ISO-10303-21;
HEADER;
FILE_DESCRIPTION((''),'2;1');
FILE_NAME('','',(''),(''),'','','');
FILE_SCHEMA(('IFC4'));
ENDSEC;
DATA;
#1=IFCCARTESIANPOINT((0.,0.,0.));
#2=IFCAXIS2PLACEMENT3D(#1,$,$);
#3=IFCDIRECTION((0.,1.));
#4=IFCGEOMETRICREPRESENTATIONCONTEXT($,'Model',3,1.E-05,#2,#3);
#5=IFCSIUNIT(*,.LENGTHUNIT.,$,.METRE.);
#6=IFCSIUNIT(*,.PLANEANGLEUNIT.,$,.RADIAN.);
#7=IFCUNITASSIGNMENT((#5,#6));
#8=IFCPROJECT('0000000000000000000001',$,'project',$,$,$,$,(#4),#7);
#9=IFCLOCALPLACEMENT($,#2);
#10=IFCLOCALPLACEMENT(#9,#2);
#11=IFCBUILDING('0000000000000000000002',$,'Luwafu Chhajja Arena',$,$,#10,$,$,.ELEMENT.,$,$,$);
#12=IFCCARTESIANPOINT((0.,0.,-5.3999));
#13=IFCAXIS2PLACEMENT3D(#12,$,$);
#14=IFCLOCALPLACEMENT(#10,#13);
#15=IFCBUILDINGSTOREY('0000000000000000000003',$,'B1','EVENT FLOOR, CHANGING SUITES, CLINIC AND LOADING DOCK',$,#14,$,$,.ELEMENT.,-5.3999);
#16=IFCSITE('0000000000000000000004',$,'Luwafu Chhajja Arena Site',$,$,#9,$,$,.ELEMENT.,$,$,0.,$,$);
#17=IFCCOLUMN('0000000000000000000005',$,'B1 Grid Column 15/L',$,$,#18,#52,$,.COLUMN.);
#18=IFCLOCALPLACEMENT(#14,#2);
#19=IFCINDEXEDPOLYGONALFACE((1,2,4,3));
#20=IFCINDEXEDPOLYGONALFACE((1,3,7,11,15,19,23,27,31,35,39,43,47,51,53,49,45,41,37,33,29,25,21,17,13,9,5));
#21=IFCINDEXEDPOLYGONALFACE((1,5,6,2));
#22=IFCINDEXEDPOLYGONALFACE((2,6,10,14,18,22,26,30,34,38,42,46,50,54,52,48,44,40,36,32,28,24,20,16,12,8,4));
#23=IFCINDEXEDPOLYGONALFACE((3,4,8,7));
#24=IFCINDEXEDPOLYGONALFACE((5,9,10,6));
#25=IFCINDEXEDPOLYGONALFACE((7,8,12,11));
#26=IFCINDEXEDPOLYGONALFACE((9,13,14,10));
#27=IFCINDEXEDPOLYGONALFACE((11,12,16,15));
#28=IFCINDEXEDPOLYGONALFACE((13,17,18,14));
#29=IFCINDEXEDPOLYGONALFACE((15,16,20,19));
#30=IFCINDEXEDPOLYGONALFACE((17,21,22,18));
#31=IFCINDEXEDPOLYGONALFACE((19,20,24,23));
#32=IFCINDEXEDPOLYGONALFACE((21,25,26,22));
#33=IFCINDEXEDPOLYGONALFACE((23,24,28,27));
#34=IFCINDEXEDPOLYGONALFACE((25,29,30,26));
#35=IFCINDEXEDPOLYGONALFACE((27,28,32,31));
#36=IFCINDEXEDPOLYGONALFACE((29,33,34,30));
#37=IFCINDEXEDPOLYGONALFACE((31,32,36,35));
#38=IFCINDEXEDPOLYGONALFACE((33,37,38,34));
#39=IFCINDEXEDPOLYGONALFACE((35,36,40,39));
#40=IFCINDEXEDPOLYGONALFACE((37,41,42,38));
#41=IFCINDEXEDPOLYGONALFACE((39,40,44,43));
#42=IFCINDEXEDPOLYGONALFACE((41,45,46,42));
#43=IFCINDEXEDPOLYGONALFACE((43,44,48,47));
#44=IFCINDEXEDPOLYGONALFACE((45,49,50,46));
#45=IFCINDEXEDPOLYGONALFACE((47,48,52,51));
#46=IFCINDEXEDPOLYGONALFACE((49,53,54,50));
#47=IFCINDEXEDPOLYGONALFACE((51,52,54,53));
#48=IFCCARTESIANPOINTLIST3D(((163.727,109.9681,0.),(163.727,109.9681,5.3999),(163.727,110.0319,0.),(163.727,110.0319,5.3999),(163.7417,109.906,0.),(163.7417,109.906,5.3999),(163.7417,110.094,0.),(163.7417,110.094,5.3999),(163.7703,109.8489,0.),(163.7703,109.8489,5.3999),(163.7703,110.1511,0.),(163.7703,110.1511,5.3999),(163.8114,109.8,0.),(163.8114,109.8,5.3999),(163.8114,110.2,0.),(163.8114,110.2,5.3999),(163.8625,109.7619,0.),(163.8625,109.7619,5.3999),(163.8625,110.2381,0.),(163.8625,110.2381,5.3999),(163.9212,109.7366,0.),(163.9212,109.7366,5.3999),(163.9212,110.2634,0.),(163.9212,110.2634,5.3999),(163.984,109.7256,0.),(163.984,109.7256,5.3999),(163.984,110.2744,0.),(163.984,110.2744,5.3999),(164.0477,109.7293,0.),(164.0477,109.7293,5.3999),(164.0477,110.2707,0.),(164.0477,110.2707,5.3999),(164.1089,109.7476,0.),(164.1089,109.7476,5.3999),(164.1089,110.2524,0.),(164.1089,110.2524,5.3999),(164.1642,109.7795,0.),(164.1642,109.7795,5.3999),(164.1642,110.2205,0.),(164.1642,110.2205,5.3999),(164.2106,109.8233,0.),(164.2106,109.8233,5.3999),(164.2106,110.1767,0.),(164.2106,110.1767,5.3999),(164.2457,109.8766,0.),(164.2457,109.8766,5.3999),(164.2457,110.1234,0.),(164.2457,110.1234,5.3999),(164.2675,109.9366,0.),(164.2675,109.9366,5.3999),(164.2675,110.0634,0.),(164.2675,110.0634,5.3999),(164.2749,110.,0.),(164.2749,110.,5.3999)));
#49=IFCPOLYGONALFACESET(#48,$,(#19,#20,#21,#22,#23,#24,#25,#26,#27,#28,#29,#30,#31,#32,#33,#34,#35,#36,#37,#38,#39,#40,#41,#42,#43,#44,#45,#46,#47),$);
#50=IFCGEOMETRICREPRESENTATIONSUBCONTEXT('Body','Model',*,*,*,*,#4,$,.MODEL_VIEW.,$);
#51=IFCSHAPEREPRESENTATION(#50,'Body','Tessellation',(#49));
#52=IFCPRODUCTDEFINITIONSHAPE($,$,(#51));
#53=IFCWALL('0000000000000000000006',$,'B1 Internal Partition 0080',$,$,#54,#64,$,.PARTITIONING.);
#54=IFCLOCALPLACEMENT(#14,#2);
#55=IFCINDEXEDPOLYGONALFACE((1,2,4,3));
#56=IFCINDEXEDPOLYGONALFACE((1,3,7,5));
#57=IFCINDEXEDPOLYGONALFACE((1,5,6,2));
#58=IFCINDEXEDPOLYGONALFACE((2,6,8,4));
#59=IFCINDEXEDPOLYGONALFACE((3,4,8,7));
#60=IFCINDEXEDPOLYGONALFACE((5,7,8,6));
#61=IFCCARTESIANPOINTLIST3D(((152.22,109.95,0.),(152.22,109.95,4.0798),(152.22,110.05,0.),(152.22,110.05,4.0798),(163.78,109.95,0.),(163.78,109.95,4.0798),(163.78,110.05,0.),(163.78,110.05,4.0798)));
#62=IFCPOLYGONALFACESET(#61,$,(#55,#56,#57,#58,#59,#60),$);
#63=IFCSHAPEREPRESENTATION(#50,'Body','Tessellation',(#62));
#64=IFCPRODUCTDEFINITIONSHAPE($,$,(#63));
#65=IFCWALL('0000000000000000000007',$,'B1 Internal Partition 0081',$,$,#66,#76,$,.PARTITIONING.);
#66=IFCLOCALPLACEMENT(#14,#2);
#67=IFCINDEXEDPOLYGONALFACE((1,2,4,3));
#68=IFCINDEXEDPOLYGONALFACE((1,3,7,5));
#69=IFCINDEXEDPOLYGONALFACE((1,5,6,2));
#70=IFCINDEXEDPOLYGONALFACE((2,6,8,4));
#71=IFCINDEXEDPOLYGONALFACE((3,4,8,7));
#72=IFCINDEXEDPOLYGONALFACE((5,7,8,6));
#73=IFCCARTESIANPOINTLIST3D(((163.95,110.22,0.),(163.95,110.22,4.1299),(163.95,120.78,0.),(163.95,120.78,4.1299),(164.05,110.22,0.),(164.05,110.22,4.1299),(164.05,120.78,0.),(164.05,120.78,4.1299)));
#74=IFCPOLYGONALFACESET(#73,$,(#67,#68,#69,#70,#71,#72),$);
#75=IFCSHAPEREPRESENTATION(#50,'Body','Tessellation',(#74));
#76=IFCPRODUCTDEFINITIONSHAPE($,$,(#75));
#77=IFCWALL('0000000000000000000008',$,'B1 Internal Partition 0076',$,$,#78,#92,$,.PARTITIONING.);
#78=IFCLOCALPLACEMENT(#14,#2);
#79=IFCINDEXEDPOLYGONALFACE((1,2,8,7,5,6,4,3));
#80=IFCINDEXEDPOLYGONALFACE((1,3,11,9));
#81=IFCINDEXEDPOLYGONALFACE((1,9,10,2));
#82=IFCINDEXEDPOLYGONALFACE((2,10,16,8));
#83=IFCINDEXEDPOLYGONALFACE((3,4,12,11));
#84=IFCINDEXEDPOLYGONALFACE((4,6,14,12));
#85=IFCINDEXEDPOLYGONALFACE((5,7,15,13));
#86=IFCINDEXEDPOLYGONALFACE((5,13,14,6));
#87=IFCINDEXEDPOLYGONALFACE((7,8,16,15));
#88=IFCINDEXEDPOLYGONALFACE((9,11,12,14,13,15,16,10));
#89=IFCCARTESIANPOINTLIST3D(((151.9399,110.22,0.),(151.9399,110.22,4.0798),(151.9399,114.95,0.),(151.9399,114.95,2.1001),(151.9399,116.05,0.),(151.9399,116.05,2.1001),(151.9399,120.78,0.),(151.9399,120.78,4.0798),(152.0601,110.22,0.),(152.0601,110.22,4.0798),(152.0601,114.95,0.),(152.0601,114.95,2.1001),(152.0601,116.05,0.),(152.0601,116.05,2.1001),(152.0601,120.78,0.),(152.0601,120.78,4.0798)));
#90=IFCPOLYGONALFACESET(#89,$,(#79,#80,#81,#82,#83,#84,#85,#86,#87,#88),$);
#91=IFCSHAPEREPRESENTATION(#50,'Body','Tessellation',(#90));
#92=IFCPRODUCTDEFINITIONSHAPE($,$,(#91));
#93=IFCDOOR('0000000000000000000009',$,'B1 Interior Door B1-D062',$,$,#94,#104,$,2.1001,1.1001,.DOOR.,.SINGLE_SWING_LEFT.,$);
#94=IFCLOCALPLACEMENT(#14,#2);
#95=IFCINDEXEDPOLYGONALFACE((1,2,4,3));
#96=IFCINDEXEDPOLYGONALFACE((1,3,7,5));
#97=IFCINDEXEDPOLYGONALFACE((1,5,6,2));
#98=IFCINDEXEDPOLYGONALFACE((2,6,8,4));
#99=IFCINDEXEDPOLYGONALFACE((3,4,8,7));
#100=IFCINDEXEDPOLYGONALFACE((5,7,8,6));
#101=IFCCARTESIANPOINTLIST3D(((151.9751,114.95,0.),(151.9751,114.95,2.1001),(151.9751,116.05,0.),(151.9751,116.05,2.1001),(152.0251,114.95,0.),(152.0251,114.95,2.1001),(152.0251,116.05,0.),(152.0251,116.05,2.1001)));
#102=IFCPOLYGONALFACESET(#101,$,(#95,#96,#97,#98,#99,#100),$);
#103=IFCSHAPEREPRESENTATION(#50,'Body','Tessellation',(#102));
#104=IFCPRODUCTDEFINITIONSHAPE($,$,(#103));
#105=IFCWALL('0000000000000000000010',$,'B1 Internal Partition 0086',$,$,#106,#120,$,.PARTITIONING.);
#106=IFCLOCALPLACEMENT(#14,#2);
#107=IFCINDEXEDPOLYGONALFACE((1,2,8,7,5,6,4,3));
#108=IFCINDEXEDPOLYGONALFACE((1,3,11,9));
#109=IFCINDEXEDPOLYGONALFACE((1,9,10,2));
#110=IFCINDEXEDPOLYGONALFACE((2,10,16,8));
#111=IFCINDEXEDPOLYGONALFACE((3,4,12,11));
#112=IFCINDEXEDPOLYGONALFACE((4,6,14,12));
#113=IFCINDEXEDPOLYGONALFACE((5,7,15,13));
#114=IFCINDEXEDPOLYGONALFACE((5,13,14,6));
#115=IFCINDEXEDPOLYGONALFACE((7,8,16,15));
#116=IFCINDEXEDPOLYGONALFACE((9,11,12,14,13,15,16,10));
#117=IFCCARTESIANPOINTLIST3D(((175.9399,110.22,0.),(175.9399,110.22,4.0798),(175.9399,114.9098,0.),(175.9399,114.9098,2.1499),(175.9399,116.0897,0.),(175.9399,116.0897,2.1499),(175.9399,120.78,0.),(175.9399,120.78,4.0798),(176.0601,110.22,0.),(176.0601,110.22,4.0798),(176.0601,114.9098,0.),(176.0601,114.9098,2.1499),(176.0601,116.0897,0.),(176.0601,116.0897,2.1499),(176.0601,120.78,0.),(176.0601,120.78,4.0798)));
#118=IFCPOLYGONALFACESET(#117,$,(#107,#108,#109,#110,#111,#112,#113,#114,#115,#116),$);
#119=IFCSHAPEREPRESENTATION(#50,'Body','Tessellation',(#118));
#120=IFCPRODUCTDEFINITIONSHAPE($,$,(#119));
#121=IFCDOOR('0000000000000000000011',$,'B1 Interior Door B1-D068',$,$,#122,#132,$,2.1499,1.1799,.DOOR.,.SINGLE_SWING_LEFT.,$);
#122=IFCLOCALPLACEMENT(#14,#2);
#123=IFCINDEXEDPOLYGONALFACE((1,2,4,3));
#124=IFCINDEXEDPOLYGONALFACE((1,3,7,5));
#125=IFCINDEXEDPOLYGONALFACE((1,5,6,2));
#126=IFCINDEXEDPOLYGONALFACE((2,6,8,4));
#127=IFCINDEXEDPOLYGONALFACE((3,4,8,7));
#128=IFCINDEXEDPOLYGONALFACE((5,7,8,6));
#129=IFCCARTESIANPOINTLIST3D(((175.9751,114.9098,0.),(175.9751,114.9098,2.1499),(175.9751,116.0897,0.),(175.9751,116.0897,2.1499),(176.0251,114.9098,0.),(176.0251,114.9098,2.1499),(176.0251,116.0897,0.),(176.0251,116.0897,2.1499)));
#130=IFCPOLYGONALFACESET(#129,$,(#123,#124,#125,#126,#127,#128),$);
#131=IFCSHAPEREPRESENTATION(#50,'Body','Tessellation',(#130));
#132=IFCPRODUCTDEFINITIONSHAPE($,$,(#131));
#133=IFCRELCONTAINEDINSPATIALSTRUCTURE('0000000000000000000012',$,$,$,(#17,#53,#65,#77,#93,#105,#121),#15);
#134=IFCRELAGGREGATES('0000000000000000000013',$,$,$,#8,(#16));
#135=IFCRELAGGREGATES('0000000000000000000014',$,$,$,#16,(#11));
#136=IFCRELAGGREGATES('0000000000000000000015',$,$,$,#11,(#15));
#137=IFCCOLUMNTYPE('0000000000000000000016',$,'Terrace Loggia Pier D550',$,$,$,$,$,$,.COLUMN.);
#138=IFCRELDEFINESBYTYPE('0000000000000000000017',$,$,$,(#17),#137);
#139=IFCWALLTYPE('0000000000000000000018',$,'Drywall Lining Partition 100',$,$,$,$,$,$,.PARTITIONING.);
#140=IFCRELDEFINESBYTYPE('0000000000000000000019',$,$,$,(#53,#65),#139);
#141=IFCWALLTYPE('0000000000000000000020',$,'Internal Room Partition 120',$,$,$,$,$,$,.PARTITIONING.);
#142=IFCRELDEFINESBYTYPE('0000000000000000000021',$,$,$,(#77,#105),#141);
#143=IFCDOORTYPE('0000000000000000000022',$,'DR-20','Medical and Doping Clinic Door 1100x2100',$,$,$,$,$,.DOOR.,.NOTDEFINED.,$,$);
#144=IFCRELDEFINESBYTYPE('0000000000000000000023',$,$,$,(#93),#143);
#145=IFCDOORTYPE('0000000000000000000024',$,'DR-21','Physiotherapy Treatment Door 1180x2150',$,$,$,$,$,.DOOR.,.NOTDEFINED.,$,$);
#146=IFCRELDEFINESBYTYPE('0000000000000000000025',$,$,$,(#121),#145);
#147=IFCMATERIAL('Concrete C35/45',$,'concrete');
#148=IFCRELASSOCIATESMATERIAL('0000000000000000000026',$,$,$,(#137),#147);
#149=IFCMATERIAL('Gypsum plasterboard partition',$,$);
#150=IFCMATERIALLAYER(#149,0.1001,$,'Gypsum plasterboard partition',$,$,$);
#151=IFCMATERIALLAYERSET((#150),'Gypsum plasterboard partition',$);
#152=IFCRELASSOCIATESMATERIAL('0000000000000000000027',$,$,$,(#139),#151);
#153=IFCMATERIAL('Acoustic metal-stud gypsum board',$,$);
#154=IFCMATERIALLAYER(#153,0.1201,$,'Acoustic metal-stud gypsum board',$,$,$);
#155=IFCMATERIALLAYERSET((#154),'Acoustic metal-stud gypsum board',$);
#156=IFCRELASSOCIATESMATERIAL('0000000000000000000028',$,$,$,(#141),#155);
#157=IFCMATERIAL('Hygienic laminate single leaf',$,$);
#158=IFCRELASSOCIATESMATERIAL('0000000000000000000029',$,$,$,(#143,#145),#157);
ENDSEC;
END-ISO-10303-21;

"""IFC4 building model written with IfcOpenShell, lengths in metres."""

from ifc_helpers import new_model, si_unit, direction, frame, frame_2d, origin, origin_2d, place, context, subcontext, project, spatial, rectangle, circle, extrude, material, layer, layer_set, material_profile, profile_set, type_object, element, fill, save


model = new_model("IFC4")

# Units and contexts
model_context = context("Model", 3, precision=1e-05, world=origin(), true_north=direction((0.0, 1.0)))
body_context = subcontext(model_context, "Body", "Model", "MODEL_VIEW")
ifc_project = project(units=[si_unit("LENGTHUNIT", "METRE"), si_unit("PLANEANGLEUNIT", "RADIAN")], contexts=[model_context])

# Site, building, storey
site_placement = place(None, origin())
site = spatial("IfcSite", under=ifc_project, at=site_placement, Name="Luwafu Chhajja Arena Site", CompositionType="ELEMENT", RefElevation=0.0)
building_placement = place(site_placement, origin())
building = spatial("IfcBuilding", under=site, at=building_placement, Name="Luwafu Chhajja Arena", CompositionType="ELEMENT")
storey_placement = place(building_placement, frame((0.0, 0.0, -5.3999)))
storey = spatial("IfcBuildingStorey", under=building, at=storey_placement, Name="B1", Description="EVENT FLOOR, CHANGING SUITES, CLINIC AND LOADING DOCK", CompositionType="ELEMENT", Elevation=-5.3999)

# Shared definitions
ifc_material_1 = material(Name="Concrete C35/45", Category="concrete")

# Column
ifc_material_profile_1 = material_profile(ifc_material_1, circle(Radius=0.2749, at=origin_2d()), Name="RC COL D550")
ifc_profile_set_1 = profile_set([ifc_material_profile_1], Name="Concrete C35/45")
column_type_1 = type_object("IfcColumnType", Name="Terrace Loggia Pier D550", PredefinedType="COLUMN", material=ifc_profile_set_1)
column_1_placement = place(storey_placement, frame((164.0, 110.0, 0.0), z_axis=(0.0, 0.0, 1.0), x_axis=(1.0, 0.0, 0.0)))
element("IfcColumn", 1, at=column_1_placement, inside=storey, type_object=column_type_1, Name="B1 Grid Column 15/L", PredefinedType="COLUMN", context=body_context, shape_type="SweptSolid", body=[
    extrude(circle(Radius=0.2749, at=origin_2d()), origin(), (0.0, 0.0, 1.0), 5.3999),
])

# Walls
ifc_material_2 = material(Name="Gypsum plasterboard partition")
ifc_layer_1 = layer(ifc_material_2, 0.1001, Name="Gypsum plasterboard partition")
ifc_layer_set_1 = layer_set([ifc_layer_1], Name="Gypsum plasterboard partition")
wall_type_1 = type_object("IfcWallType", Name="Drywall Lining Partition 100", PredefinedType="PARTITIONING", material=ifc_layer_set_1)
wall_1_placement = place(storey_placement, frame((152.22, 110.0, 0.0), z_axis=(0.0, 0.0, 1.0), x_axis=(1.0, 0.0, 0.0)))
element("IfcWall", 2, at=wall_1_placement, inside=storey, type_object=wall_type_1, Name="B1 Internal Partition 0080", PredefinedType="PARTITIONING", context=body_context, shape_type="SweptSolid", body=[
    extrude(rectangle(XDim=11.5601, YDim=0.1001, at=frame_2d((5.78, 0.0))), origin(), (0.0, 0.0, 1.0), 4.0798),
])
wall_2_placement = place(storey_placement, frame((164.0, 110.22, 0.0), z_axis=(0.0, 0.0, 1.0), x_axis=(0.0, 1.0, 0.0)))
element("IfcWall", 3, at=wall_2_placement, inside=storey, type_object=wall_type_1, Name="B1 Internal Partition 0081", PredefinedType="PARTITIONING", context=body_context, shape_type="SweptSolid", body=[
    extrude(rectangle(XDim=10.5601, YDim=0.1001, at=frame_2d((5.28, 0.0))), origin(), (0.0, 0.0, 1.0), 4.1299),
])

# Walls, openings, doors
ifc_material_3 = material(Name="Acoustic metal-stud gypsum board")
ifc_layer_2 = layer(ifc_material_3, 0.1201, Name="Acoustic metal-stud gypsum board")
ifc_layer_set_2 = layer_set([ifc_layer_2], Name="Acoustic metal-stud gypsum board")
wall_type_2 = type_object("IfcWallType", Name="Internal Room Partition 120", PredefinedType="PARTITIONING", material=ifc_layer_set_2)
wall_3_placement = place(storey_placement, frame((152.0, 110.22, 0.0), z_axis=(0.0, 0.0, 1.0), x_axis=(0.0, 1.0, 0.0)))
wall_3 = element("IfcWall", 4, at=wall_3_placement, inside=storey, type_object=wall_type_2, Name="B1 Internal Partition 0076", PredefinedType="PARTITIONING", context=body_context, shape_type="SweptSolid", body=[
    extrude(rectangle(XDim=10.5601, YDim=0.1201, at=frame_2d((5.28, 0.0))), origin(), (0.0, 0.0, 1.0), 4.0798),
])
opening_1_placement = place(wall_3_placement, frame((4.73, 0.0, 0.0)))
opening_1 = element("IfcOpeningElement", 5, at=opening_1_placement, cuts=wall_3, PredefinedType="OPENING", context=body_context, shape_type="SweptSolid", body=[
    extrude(rectangle(XDim=1.1001, YDim=2.1001, at=frame_2d((0.55, 1.05))), frame((0.0, 0.0701, 0.0), z_axis=(0.0, -1.0, 0.0), x_axis=(1.0, 0.0, 0.0)), (0.0, 0.0, 1.0), 0.1401),
])
ifc_material_4 = material(Name="Hygienic laminate single leaf")
door_type_1 = type_object("IfcDoorType", Name="DR-20", Description="Medical and Doping Clinic Door 1100x2100", OperationType="NOTDEFINED", PredefinedType="DOOR", material=ifc_material_4)
door_1_placement = place(opening_1_placement, origin())
door_1 = element("IfcDoor", 6, at=door_1_placement, inside=storey, type_object=door_type_1, Name="B1 Interior Door B1-D062", OperationType="SINGLE_SWING_LEFT", OverallHeight=2.1001, OverallWidth=1.1001, PredefinedType="DOOR", context=body_context, shape_type="SweptSolid", body=[
    extrude(rectangle(XDim=1.1001, YDim=2.1001, at=frame_2d((0.55, 1.05))), frame((0.0, 0.0249, 0.0), z_axis=(0.0, -1.0, 0.0), x_axis=(1.0, 0.0, 0.0)), (0.0, 0.0, 1.0), 0.05),
])
fill(opening_1, door_1)
wall_4_placement = place(storey_placement, frame((176.0, 110.22, 0.0), z_axis=(0.0, 0.0, 1.0), x_axis=(0.0, 1.0, 0.0)))
wall_4 = element("IfcWall", 7, at=wall_4_placement, inside=storey, type_object=wall_type_2, Name="B1 Internal Partition 0086", PredefinedType="PARTITIONING", context=body_context, shape_type="SweptSolid", body=[
    extrude(rectangle(XDim=10.5601, YDim=0.1201, at=frame_2d((5.28, 0.0))), origin(), (0.0, 0.0, 1.0), 4.0798),
])
opening_2_placement = place(wall_4_placement, frame((4.6899, 0.0, 0.0)))
opening_2 = element("IfcOpeningElement", 8, at=opening_2_placement, cuts=wall_4, PredefinedType="OPENING", context=body_context, shape_type="SweptSolid", body=[
    extrude(rectangle(XDim=1.1799, YDim=2.1499, at=frame_2d((0.5898, 1.075))), frame((0.0, 0.0701, 0.0), z_axis=(0.0, -1.0, 0.0), x_axis=(1.0, 0.0, 0.0)), (0.0, 0.0, 1.0), 0.1401),
])
door_type_2 = type_object("IfcDoorType", Name="DR-21", Description="Physiotherapy Treatment Door 1180x2150", OperationType="NOTDEFINED", PredefinedType="DOOR", material=ifc_material_4)
door_2_placement = place(opening_2_placement, origin())
door_2 = element("IfcDoor", 9, at=door_2_placement, inside=storey, type_object=door_type_2, Name="B1 Interior Door B1-D068", OperationType="SINGLE_SWING_LEFT", OverallHeight=2.1499, OverallWidth=1.1799, PredefinedType="DOOR", context=body_context, shape_type="SweptSolid", body=[
    extrude(rectangle(XDim=1.1799, YDim=2.1499, at=frame_2d((0.5898, 1.075))), frame((0.0, 0.0249, 0.0), z_axis=(0.0, -1.0, 0.0), x_axis=(1.0, 0.0, 0.0)), (0.0, 0.0, 1.0), 0.05),
])
fill(opening_2, door_2)

save(model, "model.ifc")
